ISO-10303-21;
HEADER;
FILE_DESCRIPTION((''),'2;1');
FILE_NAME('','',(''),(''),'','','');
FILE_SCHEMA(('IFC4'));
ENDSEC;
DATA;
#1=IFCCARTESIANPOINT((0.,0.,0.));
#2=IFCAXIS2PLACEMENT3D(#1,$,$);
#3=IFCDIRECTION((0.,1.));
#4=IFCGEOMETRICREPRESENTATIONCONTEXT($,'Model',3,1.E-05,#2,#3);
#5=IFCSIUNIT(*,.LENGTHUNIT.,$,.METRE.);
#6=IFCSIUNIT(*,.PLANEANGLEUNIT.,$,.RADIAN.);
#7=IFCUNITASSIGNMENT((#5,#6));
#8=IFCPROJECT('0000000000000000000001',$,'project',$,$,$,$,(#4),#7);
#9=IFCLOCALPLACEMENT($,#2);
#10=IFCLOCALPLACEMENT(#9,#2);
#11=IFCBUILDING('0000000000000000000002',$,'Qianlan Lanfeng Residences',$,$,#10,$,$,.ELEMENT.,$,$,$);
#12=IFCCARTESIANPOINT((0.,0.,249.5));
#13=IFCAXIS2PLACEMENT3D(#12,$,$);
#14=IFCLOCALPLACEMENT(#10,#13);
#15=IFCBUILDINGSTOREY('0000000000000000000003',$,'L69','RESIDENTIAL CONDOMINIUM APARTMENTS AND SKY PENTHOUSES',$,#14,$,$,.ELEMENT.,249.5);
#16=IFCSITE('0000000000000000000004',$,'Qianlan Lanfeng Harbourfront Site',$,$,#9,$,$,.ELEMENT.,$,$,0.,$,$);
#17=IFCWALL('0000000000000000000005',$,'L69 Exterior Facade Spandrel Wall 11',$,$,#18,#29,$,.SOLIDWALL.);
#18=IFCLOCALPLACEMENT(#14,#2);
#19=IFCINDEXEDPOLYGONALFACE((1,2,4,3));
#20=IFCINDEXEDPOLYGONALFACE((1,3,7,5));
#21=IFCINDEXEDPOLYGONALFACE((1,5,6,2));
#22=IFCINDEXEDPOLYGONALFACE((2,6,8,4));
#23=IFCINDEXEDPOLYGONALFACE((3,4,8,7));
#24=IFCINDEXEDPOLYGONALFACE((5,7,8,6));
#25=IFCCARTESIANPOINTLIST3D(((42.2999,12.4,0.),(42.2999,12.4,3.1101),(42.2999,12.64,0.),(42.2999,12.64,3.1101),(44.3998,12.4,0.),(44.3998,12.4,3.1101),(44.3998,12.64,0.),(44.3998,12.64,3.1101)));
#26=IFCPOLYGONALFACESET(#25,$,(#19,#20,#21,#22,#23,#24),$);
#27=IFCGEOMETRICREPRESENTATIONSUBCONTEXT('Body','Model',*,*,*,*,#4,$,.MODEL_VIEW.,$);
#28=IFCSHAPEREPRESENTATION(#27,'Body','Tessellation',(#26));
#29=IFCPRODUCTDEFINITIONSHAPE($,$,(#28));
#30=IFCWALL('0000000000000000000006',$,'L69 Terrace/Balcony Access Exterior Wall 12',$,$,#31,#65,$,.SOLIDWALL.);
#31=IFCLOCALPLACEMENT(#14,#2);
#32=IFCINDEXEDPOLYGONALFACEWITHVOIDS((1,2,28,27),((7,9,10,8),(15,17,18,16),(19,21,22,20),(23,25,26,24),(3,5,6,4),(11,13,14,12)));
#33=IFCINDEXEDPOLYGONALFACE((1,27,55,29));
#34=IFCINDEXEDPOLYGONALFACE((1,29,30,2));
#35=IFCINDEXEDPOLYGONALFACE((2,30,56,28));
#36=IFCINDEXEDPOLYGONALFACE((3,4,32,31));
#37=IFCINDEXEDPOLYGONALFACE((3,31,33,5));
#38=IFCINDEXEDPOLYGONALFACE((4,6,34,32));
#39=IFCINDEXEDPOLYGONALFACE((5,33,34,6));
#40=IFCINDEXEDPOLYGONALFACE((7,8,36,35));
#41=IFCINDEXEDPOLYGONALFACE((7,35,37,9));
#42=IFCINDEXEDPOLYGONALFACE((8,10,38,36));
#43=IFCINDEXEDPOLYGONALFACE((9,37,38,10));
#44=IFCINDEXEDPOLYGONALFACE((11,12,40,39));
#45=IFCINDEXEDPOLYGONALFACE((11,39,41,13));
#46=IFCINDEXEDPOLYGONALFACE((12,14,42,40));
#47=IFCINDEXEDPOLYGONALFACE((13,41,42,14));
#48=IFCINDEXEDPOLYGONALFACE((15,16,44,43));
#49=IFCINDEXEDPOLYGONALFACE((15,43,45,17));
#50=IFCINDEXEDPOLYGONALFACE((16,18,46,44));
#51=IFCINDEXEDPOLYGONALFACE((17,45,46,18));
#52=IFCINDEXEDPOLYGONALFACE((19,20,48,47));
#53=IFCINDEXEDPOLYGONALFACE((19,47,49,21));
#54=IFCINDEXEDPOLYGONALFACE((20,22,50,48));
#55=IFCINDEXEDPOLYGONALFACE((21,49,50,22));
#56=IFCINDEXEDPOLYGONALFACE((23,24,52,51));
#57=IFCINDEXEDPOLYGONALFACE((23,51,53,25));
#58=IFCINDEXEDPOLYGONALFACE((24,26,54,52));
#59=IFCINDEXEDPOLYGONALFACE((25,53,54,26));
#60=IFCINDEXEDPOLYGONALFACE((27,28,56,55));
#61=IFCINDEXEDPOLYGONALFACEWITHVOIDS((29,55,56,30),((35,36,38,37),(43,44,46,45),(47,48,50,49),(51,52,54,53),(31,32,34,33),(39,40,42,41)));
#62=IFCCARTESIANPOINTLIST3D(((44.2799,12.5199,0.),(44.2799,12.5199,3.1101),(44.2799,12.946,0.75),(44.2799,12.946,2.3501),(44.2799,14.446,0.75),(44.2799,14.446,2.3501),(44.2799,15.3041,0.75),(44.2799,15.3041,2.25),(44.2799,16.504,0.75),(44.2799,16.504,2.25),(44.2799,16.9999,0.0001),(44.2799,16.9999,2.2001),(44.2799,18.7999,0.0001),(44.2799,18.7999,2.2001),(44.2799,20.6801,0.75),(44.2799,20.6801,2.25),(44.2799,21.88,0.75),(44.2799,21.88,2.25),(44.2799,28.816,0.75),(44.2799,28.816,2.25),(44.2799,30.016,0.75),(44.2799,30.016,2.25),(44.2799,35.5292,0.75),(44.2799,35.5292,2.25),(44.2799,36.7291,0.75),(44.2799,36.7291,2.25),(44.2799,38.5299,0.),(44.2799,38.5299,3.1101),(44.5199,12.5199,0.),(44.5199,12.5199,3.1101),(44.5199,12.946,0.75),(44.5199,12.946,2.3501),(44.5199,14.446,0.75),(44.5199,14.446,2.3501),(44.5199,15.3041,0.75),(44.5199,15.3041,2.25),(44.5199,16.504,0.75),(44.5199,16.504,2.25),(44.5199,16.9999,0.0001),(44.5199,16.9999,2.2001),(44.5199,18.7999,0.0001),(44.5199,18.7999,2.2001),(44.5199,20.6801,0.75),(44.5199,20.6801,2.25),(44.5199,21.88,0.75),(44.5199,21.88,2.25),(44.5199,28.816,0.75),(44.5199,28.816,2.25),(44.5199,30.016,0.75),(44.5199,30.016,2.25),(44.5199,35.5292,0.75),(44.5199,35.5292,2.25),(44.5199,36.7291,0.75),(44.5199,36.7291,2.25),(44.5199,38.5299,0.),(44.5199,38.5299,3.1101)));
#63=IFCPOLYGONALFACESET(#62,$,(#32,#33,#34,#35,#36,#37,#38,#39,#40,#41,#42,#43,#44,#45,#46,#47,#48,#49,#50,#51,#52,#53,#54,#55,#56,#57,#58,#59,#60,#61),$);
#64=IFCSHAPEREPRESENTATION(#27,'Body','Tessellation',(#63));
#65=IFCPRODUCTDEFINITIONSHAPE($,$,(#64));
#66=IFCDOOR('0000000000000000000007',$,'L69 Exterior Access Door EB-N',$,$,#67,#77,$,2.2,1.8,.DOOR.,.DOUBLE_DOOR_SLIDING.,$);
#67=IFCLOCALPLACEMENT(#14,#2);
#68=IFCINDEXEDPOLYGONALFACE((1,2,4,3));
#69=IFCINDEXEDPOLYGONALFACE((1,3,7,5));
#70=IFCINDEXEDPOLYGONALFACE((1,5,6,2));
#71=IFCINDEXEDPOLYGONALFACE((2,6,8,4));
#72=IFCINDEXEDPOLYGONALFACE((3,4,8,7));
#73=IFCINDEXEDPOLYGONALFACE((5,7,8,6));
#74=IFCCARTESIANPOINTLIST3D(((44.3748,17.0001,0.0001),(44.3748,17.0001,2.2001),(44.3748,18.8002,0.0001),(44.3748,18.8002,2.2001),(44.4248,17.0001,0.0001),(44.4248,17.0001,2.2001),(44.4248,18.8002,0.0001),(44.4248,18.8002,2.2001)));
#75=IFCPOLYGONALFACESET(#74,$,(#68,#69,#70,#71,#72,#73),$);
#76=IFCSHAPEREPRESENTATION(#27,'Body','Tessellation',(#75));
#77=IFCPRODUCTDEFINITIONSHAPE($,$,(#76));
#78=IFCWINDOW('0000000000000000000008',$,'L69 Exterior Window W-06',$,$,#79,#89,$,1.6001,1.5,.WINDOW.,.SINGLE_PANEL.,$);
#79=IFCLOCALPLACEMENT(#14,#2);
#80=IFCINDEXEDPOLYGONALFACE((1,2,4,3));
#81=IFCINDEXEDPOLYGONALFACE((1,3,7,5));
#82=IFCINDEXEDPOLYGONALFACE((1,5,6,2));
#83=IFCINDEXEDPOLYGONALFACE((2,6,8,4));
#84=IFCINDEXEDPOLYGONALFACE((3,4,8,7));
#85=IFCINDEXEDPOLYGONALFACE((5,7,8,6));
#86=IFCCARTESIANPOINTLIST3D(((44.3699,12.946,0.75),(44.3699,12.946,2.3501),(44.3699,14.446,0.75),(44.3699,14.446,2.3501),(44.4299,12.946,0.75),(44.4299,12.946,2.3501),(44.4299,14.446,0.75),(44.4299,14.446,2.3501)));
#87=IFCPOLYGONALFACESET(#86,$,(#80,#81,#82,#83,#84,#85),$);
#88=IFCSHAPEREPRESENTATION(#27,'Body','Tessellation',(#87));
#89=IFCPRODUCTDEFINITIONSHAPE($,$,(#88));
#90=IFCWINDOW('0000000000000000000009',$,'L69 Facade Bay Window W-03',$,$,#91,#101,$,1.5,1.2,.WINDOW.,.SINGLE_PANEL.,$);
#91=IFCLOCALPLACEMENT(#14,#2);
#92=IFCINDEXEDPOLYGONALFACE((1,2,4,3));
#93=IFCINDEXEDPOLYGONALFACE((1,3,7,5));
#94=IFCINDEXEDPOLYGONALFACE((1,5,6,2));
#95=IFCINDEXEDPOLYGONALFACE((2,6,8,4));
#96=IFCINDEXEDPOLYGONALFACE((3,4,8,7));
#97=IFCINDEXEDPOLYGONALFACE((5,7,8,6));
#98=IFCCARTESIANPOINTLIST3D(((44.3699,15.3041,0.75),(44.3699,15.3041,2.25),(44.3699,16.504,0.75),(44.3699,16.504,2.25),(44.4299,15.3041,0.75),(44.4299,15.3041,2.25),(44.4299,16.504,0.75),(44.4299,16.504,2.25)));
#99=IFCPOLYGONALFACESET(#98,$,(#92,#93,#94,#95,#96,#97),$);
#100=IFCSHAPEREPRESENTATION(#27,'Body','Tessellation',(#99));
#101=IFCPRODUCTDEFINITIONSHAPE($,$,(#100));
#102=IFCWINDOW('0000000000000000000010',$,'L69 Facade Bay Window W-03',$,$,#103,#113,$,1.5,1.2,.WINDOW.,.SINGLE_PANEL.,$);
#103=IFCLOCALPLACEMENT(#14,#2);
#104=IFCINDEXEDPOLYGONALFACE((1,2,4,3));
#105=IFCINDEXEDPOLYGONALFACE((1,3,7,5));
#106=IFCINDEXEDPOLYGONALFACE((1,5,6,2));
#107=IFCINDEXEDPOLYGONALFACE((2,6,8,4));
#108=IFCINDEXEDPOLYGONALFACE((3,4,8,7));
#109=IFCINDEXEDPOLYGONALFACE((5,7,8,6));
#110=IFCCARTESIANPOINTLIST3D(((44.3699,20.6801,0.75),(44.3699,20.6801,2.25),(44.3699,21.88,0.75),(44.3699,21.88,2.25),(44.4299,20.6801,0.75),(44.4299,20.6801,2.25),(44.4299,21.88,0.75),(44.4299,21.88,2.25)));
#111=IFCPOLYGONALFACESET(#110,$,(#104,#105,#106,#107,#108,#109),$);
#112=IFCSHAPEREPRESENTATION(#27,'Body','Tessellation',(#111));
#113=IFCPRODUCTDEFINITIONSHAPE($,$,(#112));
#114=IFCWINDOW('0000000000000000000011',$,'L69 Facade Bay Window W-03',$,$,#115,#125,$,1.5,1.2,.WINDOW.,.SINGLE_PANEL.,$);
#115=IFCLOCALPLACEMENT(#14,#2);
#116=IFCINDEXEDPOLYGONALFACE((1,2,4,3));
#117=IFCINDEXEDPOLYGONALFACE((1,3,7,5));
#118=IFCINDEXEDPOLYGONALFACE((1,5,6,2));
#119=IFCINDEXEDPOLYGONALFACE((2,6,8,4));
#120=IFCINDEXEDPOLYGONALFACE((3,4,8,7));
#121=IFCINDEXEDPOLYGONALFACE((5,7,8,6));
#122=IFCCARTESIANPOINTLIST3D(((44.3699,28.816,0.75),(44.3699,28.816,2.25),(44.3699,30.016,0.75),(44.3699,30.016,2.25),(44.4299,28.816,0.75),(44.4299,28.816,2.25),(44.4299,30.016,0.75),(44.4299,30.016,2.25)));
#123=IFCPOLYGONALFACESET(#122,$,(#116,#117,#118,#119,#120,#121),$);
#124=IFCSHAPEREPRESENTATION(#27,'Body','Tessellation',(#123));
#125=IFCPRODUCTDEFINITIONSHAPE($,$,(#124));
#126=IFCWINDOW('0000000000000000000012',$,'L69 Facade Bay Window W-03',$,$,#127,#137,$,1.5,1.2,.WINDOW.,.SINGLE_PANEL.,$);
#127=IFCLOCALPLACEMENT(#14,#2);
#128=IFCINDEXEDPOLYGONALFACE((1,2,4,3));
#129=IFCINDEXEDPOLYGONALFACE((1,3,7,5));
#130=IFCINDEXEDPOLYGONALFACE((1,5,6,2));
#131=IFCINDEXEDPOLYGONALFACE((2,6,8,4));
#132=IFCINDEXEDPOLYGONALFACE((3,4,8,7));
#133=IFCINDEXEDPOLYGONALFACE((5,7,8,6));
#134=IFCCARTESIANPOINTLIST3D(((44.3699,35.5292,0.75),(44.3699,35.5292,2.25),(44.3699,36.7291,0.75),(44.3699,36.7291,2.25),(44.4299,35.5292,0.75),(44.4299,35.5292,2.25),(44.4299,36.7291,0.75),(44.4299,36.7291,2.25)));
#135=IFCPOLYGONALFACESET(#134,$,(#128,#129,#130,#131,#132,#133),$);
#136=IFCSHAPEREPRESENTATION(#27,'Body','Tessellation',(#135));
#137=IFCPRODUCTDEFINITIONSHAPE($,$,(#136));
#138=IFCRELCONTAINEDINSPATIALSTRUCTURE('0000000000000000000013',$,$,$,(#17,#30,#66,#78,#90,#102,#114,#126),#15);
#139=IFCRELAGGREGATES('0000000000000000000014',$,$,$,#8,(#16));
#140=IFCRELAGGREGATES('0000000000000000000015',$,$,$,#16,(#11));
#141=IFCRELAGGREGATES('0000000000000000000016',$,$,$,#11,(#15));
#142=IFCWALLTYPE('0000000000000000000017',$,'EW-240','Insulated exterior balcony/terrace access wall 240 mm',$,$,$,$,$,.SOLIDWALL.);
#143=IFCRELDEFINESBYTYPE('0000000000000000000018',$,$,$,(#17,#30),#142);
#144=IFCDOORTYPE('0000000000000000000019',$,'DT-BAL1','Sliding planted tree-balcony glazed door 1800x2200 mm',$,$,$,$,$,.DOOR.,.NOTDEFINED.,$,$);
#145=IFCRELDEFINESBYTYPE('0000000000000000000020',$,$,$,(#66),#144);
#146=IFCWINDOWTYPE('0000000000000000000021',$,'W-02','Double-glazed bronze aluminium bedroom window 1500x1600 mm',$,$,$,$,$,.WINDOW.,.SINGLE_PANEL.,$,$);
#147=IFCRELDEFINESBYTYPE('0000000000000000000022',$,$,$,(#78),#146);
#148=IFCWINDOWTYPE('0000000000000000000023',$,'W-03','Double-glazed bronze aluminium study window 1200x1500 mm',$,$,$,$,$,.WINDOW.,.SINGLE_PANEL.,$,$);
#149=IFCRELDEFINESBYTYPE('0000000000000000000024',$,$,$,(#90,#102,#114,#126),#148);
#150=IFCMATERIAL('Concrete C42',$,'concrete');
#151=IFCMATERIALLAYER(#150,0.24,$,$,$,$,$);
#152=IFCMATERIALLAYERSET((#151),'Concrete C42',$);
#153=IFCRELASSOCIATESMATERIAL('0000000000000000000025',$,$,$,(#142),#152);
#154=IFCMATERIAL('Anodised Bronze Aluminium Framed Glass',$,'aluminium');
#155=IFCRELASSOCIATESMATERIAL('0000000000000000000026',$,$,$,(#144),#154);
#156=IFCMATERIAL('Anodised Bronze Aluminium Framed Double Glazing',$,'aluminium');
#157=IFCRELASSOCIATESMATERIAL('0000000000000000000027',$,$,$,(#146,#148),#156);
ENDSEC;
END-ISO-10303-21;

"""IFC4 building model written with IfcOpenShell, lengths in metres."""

from ifc_helpers import new_model, si_unit, direction, frame, frame_2d, origin, place, context, subcontext, project, spatial, rectangle, extrude, material, layer, layer_set, type_object, element, fill, save


model = new_model("IFC4")

# Units and contexts
model_context = context("Model", 3, precision=1e-05, world=origin(), true_north=direction((0.0, 1.0)))
body_context = subcontext(model_context, "Body", "Model", "MODEL_VIEW")
ifc_project = project(units=[si_unit("LENGTHUNIT", "METRE"), si_unit("PLANEANGLEUNIT", "RADIAN")], contexts=[model_context])

# Site, building, storey
site_placement = place(None, origin())
site = spatial("IfcSite", under=ifc_project, at=site_placement, Name="Qianlan Lanfeng Harbourfront Site", CompositionType="ELEMENT", RefElevation=0.0)
building_placement = place(site_placement, origin())
building = spatial("IfcBuilding", under=site, at=building_placement, Name="Qianlan Lanfeng Residences", CompositionType="ELEMENT")
storey_placement = place(building_placement, frame((0.0, 0.0, 249.5)))
storey = spatial("IfcBuildingStorey", under=building, at=storey_placement, Name="L69", Description="RESIDENTIAL CONDOMINIUM APARTMENTS AND SKY PENTHOUSES", CompositionType="ELEMENT", Elevation=249.5)

# Wall
ifc_material_1 = material(Name="Concrete C42", Category="concrete")
ifc_layer_1 = layer(ifc_material_1, 0.24)
ifc_layer_set_1 = layer_set([ifc_layer_1], Name="Concrete C42")
wall_type_1 = type_object("IfcWallType", Name="EW-240", Description="Insulated exterior balcony/terrace access wall 240 mm", PredefinedType="SOLIDWALL", material=ifc_layer_set_1)
wall_1_placement = place(storey_placement, frame((42.3, 12.52, 0.0), z_axis=(0.0, 0.0, 1.0), x_axis=(1.0, 0.0, 0.0)))
element("IfcWall", 1, at=wall_1_placement, inside=storey, type_object=wall_type_1, Name="L69 Exterior Facade Spandrel Wall 11", PredefinedType="SOLIDWALL", context=body_context, shape_type="SweptSolid", body=[
    extrude(rectangle(XDim=2.0999, YDim=0.24, at=frame_2d((1.0498, 0.0))), origin(), (0.0, 0.0, 1.0), 3.1101),
])

# Wall, openings, door, windows
wall_2_placement = place(storey_placement, frame((44.3999, 12.52, 0.0), z_axis=(0.0, 0.0, 1.0), x_axis=(0.0, 1.0, 0.0)))
wall_2 = element("IfcWall", 2, at=wall_2_placement, inside=storey, type_object=wall_type_1, Name="L69 Terrace/Balcony Access Exterior Wall 12", PredefinedType="SOLIDWALL", context=body_context, shape_type="SweptSolid", body=[
    extrude(rectangle(XDim=26.01, YDim=0.24, at=frame_2d((13.0049, 0.0))), origin(), (0.0, 0.0, 1.0), 3.1101),
])
opening_1_placement = place(wall_2_placement, frame((4.48, 0.0, 0.0)))
opening_1 = element("IfcOpeningElement", 3, at=opening_1_placement, cuts=wall_2, PredefinedType="OPENING", context=body_context, shape_type="SweptSolid", body=[
    extrude(rectangle(XDim=1.8, YDim=2.2, at=frame_2d((0.8999, 1.1001))), frame((0.0, 0.1299, 0.0), z_axis=(0.0, -1.0, 0.0), x_axis=(1.0, 0.0, 0.0)), (0.0, 0.0, 1.0), 0.26),
])
opening_2_placement = place(wall_2_placement, frame((0.426, 0.0, 0.75)))
opening_2 = element("IfcOpeningElement", 4, at=opening_2_placement, cuts=wall_2, PredefinedType="OPENING", context=body_context, shape_type="SweptSolid", body=[
    extrude(rectangle(XDim=1.5, YDim=1.6001, at=frame_2d((0.75, 0.8))), frame((0.0, 0.1299, 0.0), z_axis=(0.0, -1.0, 0.0), x_axis=(1.0, 0.0, 0.0)), (0.0, 0.0, 1.0), 0.26),
])
opening_3_placement = place(wall_2_placement, frame((2.7839, 0.0, 0.75)))
opening_3 = element("IfcOpeningElement", 5, at=opening_3_placement, cuts=wall_2, PredefinedType="OPENING", context=body_context, shape_type="SweptSolid", body=[
    extrude(rectangle(XDim=1.2, YDim=1.5, at=frame_2d((0.6001, 0.75))), frame((0.0, 0.1299, 0.0), z_axis=(0.0, -1.0, 0.0), x_axis=(1.0, 0.0, 0.0)), (0.0, 0.0, 1.0), 0.26),
])
opening_4_placement = place(wall_2_placement, frame((8.1599, 0.0, 0.75)))
opening_4 = element("IfcOpeningElement", 6, at=opening_4_placement, cuts=wall_2, PredefinedType="OPENING", context=body_context, shape_type="SweptSolid", body=[
    extrude(rectangle(XDim=1.2, YDim=1.5, at=frame_2d((0.6001, 0.75))), frame((0.0, 0.1299, 0.0), z_axis=(0.0, -1.0, 0.0), x_axis=(1.0, 0.0, 0.0)), (0.0, 0.0, 1.0), 0.26),
])
opening_5_placement = place(wall_2_placement, frame((16.2959, 0.0, 0.75)))
opening_5 = element("IfcOpeningElement", 7, at=opening_5_placement, cuts=wall_2, PredefinedType="OPENING", context=body_context, shape_type="SweptSolid", body=[
    extrude(rectangle(XDim=1.2, YDim=1.5, at=frame_2d((0.6001, 0.75))), frame((0.0, 0.1299, 0.0), z_axis=(0.0, -1.0, 0.0), x_axis=(1.0, 0.0, 0.0)), (0.0, 0.0, 1.0), 0.26),
])
opening_6_placement = place(wall_2_placement, frame((23.009, 0.0, 0.75)))
opening_6 = element("IfcOpeningElement", 8, at=opening_6_placement, cuts=wall_2, PredefinedType="OPENING", context=body_context, shape_type="SweptSolid", body=[
    extrude(rectangle(XDim=1.2, YDim=1.5, at=frame_2d((0.6001, 0.75))), frame((0.0, 0.1299, 0.0), z_axis=(0.0, -1.0, 0.0), x_axis=(1.0, 0.0, 0.0)), (0.0, 0.0, 1.0), 0.26),
])
ifc_material_2 = material(Name="Anodised Bronze Aluminium Framed Glass", Category="aluminium")
door_type_1 = type_object("IfcDoorType", Name="DT-BAL1", Description="Sliding planted tree-balcony glazed door 1800x2200 mm", OperationType="NOTDEFINED", PredefinedType="DOOR", material=ifc_material_2)
door_1_placement = place(opening_1_placement, frame((1.8, 0.0, 0.0), z_axis=(0.0, 0.0, 1.0), x_axis=(-1.0, 0.0, 0.0)))
door_1 = element("IfcDoor", 9, at=door_1_placement, inside=storey, type_object=door_type_1, Name="L69 Exterior Access Door EB-N", OperationType="DOUBLE_DOOR_SLIDING", OverallHeight=2.2, OverallWidth=1.8, PredefinedType="DOOR", context=body_context, shape_type="SweptSolid", body=[
    extrude(rectangle(XDim=1.8, YDim=2.2, at=frame_2d((0.8999, 1.1001))), frame((0.0, 0.0249, 0.0), z_axis=(0.0, -1.0, 0.0), x_axis=(1.0, 0.0, 0.0)), (0.0, 0.0, 1.0), 0.05),
])
fill(opening_1, door_1)
ifc_material_3 = material(Name="Anodised Bronze Aluminium Framed Double Glazing", Category="aluminium")
window_type_1 = type_object("IfcWindowType", Name="W-02", Description="Double-glazed bronze aluminium bedroom window 1500x1600 mm", PartitioningType="SINGLE_PANEL", PredefinedType="WINDOW", material=ifc_material_3)
window_1_placement = place(opening_2_placement, origin())
window_1 = element("IfcWindow", 10, at=window_1_placement, inside=storey, type_object=window_type_1, Name="L69 Exterior Window W-06", OverallHeight=1.6001, OverallWidth=1.5, PartitioningType="SINGLE_PANEL", PredefinedType="WINDOW", context=body_context, shape_type="SweptSolid", body=[
    extrude(rectangle(XDim=1.5, YDim=1.6001, at=frame_2d((0.75, 0.8))), frame((0.0, 0.03, 0.0), z_axis=(0.0, -1.0, 0.0), x_axis=(1.0, 0.0, 0.0)), (0.0, 0.0, 1.0), 0.0601),
])
fill(opening_2, window_1)
window_type_2 = type_object("IfcWindowType", Name="W-03", Description="Double-glazed bronze aluminium study window 1200x1500 mm", PartitioningType="SINGLE_PANEL", PredefinedType="WINDOW", material=ifc_material_3)
window_2_placement = place(opening_3_placement, origin())
window_2 = element("IfcWindow", 11, at=window_2_placement, inside=storey, type_object=window_type_2, Name="L69 Facade Bay Window W-03", OverallHeight=1.5, OverallWidth=1.2, PartitioningType="SINGLE_PANEL", PredefinedType="WINDOW", context=body_context, shape_type="SweptSolid", body=[
    extrude(rectangle(XDim=1.2, YDim=1.5, at=frame_2d((0.6001, 0.75))), frame((0.0, 0.03, 0.0), z_axis=(0.0, -1.0, 0.0), x_axis=(1.0, 0.0, 0.0)), (0.0, 0.0, 1.0), 0.0601),
])
fill(opening_3, window_2)
window_3_placement = place(opening_4_placement, origin())
window_3 = element("IfcWindow", 12, at=window_3_placement, inside=storey, type_object=window_type_2, Name="L69 Facade Bay Window W-03", OverallHeight=1.5, OverallWidth=1.2, PartitioningType="SINGLE_PANEL", PredefinedType="WINDOW", context=body_context, shape_type="SweptSolid", body=[
    extrude(rectangle(XDim=1.2, YDim=1.5, at=frame_2d((0.6001, 0.75))), frame((0.0, 0.03, 0.0), z_axis=(0.0, -1.0, 0.0), x_axis=(1.0, 0.0, 0.0)), (0.0, 0.0, 1.0), 0.0601),
])
fill(opening_4, window_3)
window_4_placement = place(opening_5_placement, origin())
window_4 = element("IfcWindow", 13, at=window_4_placement, inside=storey, type_object=window_type_2, Name="L69 Facade Bay Window W-03", OverallHeight=1.5, OverallWidth=1.2, PartitioningType="SINGLE_PANEL", PredefinedType="WINDOW", context=body_context, shape_type="SweptSolid", body=[
    extrude(rectangle(XDim=1.2, YDim=1.5, at=frame_2d((0.6001, 0.75))), frame((0.0, 0.03, 0.0), z_axis=(0.0, -1.0, 0.0), x_axis=(1.0, 0.0, 0.0)), (0.0, 0.0, 1.0), 0.0601),
])
fill(opening_5, window_4)
window_5_placement = place(opening_6_placement, origin())
window_5 = element("IfcWindow", 14, at=window_5_placement, inside=storey, type_object=window_type_2, Name="L69 Facade Bay Window W-03", OverallHeight=1.5, OverallWidth=1.2, PartitioningType="SINGLE_PANEL", PredefinedType="WINDOW", context=body_context, shape_type="SweptSolid", body=[
    extrude(rectangle(XDim=1.2, YDim=1.5, at=frame_2d((0.6001, 0.75))), frame((0.0, 0.03, 0.0), z_axis=(0.0, -1.0, 0.0), x_axis=(1.0, 0.0, 0.0)), (0.0, 0.0, 1.0), 0.0601),
])
fill(opening_6, window_5)

save(model, "model.ifc")
